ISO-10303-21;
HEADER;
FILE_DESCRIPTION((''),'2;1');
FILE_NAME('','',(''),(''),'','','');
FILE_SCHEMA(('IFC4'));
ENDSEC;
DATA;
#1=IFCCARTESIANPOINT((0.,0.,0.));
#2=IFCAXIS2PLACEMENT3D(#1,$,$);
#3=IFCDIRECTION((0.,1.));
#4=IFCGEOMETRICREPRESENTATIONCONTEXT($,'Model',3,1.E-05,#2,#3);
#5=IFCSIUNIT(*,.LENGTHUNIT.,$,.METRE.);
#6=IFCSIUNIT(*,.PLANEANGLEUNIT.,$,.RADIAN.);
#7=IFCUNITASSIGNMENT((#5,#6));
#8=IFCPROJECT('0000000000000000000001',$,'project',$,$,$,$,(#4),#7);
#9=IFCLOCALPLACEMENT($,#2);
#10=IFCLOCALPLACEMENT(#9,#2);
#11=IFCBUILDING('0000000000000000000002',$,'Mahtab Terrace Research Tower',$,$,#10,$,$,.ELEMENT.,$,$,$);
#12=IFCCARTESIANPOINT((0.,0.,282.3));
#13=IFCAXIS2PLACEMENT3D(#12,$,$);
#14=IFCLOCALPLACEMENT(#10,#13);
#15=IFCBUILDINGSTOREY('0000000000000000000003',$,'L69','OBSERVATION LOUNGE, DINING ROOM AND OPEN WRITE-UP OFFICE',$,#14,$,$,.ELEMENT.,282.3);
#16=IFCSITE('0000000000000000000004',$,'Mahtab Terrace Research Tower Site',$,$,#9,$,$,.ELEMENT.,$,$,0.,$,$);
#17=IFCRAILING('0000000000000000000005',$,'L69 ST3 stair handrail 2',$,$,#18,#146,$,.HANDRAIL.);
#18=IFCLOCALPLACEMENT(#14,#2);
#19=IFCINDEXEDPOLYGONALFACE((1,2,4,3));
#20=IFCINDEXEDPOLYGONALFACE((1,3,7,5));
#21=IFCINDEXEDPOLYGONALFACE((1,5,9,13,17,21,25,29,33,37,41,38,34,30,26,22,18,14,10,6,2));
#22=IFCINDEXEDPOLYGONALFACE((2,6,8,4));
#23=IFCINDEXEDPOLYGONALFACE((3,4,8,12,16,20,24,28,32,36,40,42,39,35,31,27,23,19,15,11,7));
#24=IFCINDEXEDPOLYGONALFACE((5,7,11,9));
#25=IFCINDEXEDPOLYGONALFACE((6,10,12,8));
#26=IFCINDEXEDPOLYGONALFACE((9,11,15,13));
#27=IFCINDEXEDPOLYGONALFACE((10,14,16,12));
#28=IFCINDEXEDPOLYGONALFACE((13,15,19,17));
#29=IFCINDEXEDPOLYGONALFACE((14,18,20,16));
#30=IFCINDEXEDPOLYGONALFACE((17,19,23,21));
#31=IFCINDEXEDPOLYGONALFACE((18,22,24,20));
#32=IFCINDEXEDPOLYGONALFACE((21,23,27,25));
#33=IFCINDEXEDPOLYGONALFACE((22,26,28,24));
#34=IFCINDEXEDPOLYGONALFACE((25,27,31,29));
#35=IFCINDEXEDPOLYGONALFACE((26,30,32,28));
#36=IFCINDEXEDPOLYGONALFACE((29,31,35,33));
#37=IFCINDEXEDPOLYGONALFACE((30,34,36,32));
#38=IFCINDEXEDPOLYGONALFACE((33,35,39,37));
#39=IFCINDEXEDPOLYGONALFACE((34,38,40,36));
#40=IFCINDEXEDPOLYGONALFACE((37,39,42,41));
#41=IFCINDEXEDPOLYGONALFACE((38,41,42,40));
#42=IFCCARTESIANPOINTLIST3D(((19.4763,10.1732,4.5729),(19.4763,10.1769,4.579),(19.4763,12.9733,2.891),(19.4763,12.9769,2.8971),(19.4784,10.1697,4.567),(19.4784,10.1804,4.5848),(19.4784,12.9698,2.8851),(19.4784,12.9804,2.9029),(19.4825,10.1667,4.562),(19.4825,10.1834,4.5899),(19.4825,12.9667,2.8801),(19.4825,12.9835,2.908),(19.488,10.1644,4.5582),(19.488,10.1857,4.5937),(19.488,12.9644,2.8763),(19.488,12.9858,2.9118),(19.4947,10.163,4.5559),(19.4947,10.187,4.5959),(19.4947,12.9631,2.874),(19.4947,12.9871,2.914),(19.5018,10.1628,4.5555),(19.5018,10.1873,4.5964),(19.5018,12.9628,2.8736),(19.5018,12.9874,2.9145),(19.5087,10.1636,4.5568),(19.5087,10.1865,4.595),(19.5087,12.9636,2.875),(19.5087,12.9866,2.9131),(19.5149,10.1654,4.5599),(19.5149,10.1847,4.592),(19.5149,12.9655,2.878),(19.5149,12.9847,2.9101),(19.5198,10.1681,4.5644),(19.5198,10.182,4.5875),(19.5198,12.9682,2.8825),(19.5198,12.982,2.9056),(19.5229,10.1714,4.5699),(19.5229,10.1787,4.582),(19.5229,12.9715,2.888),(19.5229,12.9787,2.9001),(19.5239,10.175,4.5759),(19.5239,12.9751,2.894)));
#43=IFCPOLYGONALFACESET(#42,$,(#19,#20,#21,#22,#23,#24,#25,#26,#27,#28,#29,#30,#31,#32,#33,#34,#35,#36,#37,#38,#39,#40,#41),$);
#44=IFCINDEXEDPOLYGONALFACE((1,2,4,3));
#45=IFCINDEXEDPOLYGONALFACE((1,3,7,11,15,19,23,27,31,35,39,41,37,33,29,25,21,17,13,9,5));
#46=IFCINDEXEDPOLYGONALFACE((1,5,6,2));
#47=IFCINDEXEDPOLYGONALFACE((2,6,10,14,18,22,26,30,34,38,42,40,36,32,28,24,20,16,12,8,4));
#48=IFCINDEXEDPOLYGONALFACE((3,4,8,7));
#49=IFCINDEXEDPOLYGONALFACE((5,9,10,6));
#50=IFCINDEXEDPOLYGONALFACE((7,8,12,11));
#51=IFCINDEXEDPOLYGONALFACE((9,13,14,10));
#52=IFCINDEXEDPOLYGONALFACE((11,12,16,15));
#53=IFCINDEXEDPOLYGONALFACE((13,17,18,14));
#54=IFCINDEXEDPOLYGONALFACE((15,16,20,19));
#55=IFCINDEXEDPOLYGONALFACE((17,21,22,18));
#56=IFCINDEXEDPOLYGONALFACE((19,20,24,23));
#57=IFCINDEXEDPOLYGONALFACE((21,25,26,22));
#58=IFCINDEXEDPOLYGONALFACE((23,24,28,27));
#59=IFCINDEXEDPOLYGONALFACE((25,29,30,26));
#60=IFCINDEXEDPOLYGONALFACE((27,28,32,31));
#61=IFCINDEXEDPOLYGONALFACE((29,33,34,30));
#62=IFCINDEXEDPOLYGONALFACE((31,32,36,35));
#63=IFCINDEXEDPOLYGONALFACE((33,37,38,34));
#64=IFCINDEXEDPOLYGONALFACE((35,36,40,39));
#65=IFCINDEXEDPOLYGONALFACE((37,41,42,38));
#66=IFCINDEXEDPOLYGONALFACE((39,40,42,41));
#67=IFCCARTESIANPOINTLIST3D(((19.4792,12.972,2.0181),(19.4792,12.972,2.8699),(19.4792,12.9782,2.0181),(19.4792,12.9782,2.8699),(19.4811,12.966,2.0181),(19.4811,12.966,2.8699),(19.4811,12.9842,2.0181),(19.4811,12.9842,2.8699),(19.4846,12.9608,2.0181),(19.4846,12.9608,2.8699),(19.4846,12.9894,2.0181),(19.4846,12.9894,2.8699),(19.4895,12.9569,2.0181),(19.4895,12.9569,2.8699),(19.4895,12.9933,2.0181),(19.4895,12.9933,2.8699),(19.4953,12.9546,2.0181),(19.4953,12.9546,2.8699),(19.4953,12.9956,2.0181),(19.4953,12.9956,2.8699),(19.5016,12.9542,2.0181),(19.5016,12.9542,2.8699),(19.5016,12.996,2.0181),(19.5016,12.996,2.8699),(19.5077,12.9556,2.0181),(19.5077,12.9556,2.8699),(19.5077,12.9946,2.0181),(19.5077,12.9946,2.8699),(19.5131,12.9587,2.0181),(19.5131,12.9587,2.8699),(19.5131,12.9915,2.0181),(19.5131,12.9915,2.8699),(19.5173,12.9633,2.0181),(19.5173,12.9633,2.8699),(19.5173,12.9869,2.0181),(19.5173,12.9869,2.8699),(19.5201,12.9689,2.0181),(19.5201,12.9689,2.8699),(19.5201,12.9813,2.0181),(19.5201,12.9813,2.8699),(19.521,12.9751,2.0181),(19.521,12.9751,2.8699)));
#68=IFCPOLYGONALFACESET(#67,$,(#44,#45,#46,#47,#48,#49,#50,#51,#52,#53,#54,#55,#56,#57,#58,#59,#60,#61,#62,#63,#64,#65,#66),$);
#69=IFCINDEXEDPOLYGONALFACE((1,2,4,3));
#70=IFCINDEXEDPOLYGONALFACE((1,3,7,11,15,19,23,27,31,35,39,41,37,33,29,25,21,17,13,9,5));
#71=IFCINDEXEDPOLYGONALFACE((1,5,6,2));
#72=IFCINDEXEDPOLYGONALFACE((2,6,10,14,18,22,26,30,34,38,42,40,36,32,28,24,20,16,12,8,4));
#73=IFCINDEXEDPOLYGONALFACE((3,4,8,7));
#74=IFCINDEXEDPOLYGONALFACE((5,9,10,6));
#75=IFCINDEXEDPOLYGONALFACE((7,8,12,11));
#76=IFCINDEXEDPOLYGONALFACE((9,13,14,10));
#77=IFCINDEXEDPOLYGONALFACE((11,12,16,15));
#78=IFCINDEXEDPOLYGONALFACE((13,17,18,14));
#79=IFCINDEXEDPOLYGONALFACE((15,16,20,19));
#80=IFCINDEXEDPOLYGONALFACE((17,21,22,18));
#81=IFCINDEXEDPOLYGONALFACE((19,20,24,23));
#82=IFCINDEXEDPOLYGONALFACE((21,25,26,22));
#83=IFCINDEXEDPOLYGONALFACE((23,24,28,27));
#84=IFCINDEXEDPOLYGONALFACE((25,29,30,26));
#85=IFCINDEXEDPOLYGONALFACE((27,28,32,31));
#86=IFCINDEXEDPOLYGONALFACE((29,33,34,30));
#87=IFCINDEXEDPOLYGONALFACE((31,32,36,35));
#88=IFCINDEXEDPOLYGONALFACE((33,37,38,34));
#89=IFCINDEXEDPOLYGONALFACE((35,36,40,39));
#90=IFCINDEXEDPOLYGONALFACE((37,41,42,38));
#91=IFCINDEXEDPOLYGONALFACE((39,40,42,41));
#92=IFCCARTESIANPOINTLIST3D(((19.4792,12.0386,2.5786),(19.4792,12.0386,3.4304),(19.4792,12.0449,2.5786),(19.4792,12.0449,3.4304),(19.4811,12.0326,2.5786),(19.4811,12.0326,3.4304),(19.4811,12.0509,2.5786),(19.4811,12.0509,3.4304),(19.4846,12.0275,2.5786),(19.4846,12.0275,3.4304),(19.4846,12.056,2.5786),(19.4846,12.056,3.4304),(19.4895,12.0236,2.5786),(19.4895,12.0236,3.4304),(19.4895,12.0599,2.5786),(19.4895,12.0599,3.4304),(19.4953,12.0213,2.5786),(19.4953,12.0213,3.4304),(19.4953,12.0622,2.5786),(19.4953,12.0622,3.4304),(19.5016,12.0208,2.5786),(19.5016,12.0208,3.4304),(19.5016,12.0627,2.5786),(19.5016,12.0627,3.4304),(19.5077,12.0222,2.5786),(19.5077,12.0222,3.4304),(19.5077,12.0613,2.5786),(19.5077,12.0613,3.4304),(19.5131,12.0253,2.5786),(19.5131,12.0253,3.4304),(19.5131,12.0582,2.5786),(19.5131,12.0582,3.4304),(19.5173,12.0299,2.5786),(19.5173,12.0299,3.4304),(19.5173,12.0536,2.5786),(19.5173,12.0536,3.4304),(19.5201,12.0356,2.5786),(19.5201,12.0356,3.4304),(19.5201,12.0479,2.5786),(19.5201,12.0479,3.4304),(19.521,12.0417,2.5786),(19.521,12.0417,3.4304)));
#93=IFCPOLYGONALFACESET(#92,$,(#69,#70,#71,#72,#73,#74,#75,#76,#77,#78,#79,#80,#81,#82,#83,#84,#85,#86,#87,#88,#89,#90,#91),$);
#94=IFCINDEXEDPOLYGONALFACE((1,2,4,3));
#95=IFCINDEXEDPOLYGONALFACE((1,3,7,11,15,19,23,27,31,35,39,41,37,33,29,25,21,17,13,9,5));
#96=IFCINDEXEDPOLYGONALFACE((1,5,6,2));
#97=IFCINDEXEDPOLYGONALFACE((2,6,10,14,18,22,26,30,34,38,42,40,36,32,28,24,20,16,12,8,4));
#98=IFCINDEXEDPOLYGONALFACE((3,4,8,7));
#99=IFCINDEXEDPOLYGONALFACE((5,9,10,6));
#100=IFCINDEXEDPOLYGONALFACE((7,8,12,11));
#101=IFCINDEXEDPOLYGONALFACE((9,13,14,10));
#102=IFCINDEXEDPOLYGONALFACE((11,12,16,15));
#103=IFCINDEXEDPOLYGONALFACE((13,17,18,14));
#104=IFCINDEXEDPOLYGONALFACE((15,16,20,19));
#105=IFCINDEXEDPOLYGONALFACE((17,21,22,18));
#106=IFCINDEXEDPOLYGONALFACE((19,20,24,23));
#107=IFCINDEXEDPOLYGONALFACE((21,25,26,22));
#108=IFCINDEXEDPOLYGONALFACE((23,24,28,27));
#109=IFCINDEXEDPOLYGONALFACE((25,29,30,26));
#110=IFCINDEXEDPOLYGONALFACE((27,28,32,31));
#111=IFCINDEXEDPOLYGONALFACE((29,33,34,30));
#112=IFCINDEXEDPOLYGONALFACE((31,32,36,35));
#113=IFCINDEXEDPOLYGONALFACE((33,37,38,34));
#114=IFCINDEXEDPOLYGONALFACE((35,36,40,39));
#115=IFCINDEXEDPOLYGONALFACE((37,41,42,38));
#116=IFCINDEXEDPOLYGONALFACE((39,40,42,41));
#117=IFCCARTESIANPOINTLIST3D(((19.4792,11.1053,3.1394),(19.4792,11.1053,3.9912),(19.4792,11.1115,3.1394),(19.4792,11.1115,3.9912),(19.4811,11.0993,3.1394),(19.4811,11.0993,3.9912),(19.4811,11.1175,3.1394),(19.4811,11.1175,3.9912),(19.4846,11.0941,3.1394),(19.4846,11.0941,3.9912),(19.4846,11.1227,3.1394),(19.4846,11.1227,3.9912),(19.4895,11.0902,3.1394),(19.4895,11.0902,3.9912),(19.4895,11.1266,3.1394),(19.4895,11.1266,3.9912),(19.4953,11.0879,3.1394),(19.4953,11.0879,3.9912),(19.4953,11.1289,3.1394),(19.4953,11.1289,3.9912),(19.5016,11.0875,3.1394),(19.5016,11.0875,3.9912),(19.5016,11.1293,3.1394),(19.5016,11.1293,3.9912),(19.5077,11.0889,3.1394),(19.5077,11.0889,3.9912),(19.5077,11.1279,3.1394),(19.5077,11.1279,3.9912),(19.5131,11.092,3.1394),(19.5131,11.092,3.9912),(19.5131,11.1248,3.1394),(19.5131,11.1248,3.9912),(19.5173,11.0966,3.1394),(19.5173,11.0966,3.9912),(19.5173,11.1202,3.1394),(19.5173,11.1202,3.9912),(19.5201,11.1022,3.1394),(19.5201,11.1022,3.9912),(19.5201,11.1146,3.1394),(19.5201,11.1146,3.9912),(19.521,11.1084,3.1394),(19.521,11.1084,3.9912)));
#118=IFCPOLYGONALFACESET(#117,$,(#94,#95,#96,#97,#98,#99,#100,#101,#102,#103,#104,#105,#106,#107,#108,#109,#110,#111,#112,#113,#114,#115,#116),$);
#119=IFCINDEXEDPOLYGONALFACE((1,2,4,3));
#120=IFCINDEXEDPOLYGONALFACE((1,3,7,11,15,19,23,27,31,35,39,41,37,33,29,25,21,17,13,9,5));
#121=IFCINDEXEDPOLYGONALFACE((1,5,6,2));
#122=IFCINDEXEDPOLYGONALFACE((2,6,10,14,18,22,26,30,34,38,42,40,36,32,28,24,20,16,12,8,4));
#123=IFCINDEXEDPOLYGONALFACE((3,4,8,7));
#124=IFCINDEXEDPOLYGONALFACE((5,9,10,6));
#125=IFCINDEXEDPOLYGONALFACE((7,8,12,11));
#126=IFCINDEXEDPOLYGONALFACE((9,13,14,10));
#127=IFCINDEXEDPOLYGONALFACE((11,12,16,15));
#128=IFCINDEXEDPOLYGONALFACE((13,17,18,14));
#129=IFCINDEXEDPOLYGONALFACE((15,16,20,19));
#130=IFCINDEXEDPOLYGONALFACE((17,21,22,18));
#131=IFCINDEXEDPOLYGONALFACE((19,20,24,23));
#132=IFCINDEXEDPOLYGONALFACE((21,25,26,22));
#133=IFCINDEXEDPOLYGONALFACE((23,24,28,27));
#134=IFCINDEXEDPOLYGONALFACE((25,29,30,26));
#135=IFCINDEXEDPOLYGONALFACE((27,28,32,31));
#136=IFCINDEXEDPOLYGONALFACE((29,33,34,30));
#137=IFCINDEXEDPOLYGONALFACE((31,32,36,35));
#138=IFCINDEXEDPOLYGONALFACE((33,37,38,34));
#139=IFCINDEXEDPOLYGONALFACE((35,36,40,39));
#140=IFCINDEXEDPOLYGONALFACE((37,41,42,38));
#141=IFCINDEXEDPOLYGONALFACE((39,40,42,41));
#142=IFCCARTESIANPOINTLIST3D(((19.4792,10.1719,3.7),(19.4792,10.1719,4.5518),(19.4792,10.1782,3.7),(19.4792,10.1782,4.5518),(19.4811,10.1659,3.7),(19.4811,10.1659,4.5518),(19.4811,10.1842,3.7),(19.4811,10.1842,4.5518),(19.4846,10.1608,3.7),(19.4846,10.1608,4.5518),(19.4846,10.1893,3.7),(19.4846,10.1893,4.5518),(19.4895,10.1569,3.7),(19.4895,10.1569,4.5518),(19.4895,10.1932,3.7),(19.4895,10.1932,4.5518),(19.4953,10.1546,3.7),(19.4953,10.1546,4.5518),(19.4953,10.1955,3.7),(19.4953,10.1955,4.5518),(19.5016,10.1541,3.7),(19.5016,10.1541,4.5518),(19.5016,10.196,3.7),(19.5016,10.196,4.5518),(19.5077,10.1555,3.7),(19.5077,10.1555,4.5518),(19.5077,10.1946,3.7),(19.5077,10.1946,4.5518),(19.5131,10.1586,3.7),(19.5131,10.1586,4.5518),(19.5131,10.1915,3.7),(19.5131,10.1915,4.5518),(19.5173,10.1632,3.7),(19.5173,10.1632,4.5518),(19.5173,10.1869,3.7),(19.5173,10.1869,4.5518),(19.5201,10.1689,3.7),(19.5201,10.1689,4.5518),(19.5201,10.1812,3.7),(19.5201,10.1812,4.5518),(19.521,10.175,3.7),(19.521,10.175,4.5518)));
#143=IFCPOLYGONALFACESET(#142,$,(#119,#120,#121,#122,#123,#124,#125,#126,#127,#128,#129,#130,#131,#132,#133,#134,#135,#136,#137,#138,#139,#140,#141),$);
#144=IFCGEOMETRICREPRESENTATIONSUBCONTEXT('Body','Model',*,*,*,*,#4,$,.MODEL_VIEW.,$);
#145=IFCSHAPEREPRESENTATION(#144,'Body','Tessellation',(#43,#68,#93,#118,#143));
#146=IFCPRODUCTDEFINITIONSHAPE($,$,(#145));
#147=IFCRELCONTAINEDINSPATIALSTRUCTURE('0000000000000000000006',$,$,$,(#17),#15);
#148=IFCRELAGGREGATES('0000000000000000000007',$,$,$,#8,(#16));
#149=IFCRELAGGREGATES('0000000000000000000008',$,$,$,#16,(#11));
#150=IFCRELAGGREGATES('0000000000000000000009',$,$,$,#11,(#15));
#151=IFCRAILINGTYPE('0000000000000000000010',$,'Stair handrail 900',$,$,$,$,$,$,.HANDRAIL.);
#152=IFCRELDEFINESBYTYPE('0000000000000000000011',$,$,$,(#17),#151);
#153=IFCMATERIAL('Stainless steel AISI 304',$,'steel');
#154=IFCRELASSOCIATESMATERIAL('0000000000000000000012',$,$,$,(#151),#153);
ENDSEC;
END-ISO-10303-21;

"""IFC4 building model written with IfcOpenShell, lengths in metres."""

from ifc_helpers import new_model, si_unit, direction, frame, origin, origin_2d, place, context, subcontext, project, spatial, circle, extrude, material, type_object, element, save


model = new_model("IFC4")

# Units and contexts
model_context = context("Model", 3, precision=1e-05, world=origin(), true_north=direction((0.0, 1.0)))
body_context = subcontext(model_context, "Body", "Model", "MODEL_VIEW")
ifc_project = project(units=[si_unit("LENGTHUNIT", "METRE"), si_unit("PLANEANGLEUNIT", "RADIAN")], contexts=[model_context])

# Site, building, storey
site_placement = place(None, origin())
site = spatial("IfcSite", under=ifc_project, at=site_placement, Name="Mahtab Terrace Research Tower Site", CompositionType="ELEMENT", RefElevation=0.0)
building_placement = place(site_placement, origin())
building = spatial("IfcBuilding", under=site, at=building_placement, Name="Mahtab Terrace Research Tower", CompositionType="ELEMENT")
storey_placement = place(building_placement, frame((0.0, 0.0, 282.3)))
storey = spatial("IfcBuildingStorey", under=building, at=storey_placement, Name="L69", Description="OBSERVATION LOUNGE, DINING ROOM AND OPEN WRITE-UP OFFICE", CompositionType="ELEMENT", Elevation=282.3)

# Railing
ifc_material_1 = material(Name="Stainless steel AISI 304", Category="steel")
railing_type = type_object("IfcRailingType", Name="Stair handrail 900", PredefinedType="HANDRAIL", material=ifc_material_1)
railing_placement = place(storey_placement, frame((19.5, 12.9751, 2.0181)))
element("IfcRailing", 1, at=railing_placement, inside=storey, type_object=railing_type, Name="L69 ST3 stair handrail 2", PredefinedType="HANDRAIL", context=body_context, shape_type="SweptSolid", body=[
    extrude(circle(Radius=0.0239, at=origin_2d()), frame((0.0, 0.0, 0.876), z_axis=(0.0, -0.857242, 0.514913), x_axis=(1.0, 0.0, 0.0)), (0.0, 0.0, 1.0), 3.2664),
    extrude(circle(Radius=0.021, at=origin_2d()), origin(), (0.0, 0.0, 1.0), 0.8518),
    extrude(circle(Radius=0.021, at=origin_2d()), frame((0.0, -0.9333, 0.5605)), (0.0, 0.0, 1.0), 0.8518),
    extrude(circle(Radius=0.021, at=origin_2d()), frame((0.0, -1.8667, 1.1213)), (0.0, 0.0, 1.0), 0.8518),
    extrude(circle(Radius=0.021, at=origin_2d()), frame((0.0, -2.8, 1.6819)), (0.0, 0.0, 1.0), 0.8518),
])

save(model, "model.ifc")
